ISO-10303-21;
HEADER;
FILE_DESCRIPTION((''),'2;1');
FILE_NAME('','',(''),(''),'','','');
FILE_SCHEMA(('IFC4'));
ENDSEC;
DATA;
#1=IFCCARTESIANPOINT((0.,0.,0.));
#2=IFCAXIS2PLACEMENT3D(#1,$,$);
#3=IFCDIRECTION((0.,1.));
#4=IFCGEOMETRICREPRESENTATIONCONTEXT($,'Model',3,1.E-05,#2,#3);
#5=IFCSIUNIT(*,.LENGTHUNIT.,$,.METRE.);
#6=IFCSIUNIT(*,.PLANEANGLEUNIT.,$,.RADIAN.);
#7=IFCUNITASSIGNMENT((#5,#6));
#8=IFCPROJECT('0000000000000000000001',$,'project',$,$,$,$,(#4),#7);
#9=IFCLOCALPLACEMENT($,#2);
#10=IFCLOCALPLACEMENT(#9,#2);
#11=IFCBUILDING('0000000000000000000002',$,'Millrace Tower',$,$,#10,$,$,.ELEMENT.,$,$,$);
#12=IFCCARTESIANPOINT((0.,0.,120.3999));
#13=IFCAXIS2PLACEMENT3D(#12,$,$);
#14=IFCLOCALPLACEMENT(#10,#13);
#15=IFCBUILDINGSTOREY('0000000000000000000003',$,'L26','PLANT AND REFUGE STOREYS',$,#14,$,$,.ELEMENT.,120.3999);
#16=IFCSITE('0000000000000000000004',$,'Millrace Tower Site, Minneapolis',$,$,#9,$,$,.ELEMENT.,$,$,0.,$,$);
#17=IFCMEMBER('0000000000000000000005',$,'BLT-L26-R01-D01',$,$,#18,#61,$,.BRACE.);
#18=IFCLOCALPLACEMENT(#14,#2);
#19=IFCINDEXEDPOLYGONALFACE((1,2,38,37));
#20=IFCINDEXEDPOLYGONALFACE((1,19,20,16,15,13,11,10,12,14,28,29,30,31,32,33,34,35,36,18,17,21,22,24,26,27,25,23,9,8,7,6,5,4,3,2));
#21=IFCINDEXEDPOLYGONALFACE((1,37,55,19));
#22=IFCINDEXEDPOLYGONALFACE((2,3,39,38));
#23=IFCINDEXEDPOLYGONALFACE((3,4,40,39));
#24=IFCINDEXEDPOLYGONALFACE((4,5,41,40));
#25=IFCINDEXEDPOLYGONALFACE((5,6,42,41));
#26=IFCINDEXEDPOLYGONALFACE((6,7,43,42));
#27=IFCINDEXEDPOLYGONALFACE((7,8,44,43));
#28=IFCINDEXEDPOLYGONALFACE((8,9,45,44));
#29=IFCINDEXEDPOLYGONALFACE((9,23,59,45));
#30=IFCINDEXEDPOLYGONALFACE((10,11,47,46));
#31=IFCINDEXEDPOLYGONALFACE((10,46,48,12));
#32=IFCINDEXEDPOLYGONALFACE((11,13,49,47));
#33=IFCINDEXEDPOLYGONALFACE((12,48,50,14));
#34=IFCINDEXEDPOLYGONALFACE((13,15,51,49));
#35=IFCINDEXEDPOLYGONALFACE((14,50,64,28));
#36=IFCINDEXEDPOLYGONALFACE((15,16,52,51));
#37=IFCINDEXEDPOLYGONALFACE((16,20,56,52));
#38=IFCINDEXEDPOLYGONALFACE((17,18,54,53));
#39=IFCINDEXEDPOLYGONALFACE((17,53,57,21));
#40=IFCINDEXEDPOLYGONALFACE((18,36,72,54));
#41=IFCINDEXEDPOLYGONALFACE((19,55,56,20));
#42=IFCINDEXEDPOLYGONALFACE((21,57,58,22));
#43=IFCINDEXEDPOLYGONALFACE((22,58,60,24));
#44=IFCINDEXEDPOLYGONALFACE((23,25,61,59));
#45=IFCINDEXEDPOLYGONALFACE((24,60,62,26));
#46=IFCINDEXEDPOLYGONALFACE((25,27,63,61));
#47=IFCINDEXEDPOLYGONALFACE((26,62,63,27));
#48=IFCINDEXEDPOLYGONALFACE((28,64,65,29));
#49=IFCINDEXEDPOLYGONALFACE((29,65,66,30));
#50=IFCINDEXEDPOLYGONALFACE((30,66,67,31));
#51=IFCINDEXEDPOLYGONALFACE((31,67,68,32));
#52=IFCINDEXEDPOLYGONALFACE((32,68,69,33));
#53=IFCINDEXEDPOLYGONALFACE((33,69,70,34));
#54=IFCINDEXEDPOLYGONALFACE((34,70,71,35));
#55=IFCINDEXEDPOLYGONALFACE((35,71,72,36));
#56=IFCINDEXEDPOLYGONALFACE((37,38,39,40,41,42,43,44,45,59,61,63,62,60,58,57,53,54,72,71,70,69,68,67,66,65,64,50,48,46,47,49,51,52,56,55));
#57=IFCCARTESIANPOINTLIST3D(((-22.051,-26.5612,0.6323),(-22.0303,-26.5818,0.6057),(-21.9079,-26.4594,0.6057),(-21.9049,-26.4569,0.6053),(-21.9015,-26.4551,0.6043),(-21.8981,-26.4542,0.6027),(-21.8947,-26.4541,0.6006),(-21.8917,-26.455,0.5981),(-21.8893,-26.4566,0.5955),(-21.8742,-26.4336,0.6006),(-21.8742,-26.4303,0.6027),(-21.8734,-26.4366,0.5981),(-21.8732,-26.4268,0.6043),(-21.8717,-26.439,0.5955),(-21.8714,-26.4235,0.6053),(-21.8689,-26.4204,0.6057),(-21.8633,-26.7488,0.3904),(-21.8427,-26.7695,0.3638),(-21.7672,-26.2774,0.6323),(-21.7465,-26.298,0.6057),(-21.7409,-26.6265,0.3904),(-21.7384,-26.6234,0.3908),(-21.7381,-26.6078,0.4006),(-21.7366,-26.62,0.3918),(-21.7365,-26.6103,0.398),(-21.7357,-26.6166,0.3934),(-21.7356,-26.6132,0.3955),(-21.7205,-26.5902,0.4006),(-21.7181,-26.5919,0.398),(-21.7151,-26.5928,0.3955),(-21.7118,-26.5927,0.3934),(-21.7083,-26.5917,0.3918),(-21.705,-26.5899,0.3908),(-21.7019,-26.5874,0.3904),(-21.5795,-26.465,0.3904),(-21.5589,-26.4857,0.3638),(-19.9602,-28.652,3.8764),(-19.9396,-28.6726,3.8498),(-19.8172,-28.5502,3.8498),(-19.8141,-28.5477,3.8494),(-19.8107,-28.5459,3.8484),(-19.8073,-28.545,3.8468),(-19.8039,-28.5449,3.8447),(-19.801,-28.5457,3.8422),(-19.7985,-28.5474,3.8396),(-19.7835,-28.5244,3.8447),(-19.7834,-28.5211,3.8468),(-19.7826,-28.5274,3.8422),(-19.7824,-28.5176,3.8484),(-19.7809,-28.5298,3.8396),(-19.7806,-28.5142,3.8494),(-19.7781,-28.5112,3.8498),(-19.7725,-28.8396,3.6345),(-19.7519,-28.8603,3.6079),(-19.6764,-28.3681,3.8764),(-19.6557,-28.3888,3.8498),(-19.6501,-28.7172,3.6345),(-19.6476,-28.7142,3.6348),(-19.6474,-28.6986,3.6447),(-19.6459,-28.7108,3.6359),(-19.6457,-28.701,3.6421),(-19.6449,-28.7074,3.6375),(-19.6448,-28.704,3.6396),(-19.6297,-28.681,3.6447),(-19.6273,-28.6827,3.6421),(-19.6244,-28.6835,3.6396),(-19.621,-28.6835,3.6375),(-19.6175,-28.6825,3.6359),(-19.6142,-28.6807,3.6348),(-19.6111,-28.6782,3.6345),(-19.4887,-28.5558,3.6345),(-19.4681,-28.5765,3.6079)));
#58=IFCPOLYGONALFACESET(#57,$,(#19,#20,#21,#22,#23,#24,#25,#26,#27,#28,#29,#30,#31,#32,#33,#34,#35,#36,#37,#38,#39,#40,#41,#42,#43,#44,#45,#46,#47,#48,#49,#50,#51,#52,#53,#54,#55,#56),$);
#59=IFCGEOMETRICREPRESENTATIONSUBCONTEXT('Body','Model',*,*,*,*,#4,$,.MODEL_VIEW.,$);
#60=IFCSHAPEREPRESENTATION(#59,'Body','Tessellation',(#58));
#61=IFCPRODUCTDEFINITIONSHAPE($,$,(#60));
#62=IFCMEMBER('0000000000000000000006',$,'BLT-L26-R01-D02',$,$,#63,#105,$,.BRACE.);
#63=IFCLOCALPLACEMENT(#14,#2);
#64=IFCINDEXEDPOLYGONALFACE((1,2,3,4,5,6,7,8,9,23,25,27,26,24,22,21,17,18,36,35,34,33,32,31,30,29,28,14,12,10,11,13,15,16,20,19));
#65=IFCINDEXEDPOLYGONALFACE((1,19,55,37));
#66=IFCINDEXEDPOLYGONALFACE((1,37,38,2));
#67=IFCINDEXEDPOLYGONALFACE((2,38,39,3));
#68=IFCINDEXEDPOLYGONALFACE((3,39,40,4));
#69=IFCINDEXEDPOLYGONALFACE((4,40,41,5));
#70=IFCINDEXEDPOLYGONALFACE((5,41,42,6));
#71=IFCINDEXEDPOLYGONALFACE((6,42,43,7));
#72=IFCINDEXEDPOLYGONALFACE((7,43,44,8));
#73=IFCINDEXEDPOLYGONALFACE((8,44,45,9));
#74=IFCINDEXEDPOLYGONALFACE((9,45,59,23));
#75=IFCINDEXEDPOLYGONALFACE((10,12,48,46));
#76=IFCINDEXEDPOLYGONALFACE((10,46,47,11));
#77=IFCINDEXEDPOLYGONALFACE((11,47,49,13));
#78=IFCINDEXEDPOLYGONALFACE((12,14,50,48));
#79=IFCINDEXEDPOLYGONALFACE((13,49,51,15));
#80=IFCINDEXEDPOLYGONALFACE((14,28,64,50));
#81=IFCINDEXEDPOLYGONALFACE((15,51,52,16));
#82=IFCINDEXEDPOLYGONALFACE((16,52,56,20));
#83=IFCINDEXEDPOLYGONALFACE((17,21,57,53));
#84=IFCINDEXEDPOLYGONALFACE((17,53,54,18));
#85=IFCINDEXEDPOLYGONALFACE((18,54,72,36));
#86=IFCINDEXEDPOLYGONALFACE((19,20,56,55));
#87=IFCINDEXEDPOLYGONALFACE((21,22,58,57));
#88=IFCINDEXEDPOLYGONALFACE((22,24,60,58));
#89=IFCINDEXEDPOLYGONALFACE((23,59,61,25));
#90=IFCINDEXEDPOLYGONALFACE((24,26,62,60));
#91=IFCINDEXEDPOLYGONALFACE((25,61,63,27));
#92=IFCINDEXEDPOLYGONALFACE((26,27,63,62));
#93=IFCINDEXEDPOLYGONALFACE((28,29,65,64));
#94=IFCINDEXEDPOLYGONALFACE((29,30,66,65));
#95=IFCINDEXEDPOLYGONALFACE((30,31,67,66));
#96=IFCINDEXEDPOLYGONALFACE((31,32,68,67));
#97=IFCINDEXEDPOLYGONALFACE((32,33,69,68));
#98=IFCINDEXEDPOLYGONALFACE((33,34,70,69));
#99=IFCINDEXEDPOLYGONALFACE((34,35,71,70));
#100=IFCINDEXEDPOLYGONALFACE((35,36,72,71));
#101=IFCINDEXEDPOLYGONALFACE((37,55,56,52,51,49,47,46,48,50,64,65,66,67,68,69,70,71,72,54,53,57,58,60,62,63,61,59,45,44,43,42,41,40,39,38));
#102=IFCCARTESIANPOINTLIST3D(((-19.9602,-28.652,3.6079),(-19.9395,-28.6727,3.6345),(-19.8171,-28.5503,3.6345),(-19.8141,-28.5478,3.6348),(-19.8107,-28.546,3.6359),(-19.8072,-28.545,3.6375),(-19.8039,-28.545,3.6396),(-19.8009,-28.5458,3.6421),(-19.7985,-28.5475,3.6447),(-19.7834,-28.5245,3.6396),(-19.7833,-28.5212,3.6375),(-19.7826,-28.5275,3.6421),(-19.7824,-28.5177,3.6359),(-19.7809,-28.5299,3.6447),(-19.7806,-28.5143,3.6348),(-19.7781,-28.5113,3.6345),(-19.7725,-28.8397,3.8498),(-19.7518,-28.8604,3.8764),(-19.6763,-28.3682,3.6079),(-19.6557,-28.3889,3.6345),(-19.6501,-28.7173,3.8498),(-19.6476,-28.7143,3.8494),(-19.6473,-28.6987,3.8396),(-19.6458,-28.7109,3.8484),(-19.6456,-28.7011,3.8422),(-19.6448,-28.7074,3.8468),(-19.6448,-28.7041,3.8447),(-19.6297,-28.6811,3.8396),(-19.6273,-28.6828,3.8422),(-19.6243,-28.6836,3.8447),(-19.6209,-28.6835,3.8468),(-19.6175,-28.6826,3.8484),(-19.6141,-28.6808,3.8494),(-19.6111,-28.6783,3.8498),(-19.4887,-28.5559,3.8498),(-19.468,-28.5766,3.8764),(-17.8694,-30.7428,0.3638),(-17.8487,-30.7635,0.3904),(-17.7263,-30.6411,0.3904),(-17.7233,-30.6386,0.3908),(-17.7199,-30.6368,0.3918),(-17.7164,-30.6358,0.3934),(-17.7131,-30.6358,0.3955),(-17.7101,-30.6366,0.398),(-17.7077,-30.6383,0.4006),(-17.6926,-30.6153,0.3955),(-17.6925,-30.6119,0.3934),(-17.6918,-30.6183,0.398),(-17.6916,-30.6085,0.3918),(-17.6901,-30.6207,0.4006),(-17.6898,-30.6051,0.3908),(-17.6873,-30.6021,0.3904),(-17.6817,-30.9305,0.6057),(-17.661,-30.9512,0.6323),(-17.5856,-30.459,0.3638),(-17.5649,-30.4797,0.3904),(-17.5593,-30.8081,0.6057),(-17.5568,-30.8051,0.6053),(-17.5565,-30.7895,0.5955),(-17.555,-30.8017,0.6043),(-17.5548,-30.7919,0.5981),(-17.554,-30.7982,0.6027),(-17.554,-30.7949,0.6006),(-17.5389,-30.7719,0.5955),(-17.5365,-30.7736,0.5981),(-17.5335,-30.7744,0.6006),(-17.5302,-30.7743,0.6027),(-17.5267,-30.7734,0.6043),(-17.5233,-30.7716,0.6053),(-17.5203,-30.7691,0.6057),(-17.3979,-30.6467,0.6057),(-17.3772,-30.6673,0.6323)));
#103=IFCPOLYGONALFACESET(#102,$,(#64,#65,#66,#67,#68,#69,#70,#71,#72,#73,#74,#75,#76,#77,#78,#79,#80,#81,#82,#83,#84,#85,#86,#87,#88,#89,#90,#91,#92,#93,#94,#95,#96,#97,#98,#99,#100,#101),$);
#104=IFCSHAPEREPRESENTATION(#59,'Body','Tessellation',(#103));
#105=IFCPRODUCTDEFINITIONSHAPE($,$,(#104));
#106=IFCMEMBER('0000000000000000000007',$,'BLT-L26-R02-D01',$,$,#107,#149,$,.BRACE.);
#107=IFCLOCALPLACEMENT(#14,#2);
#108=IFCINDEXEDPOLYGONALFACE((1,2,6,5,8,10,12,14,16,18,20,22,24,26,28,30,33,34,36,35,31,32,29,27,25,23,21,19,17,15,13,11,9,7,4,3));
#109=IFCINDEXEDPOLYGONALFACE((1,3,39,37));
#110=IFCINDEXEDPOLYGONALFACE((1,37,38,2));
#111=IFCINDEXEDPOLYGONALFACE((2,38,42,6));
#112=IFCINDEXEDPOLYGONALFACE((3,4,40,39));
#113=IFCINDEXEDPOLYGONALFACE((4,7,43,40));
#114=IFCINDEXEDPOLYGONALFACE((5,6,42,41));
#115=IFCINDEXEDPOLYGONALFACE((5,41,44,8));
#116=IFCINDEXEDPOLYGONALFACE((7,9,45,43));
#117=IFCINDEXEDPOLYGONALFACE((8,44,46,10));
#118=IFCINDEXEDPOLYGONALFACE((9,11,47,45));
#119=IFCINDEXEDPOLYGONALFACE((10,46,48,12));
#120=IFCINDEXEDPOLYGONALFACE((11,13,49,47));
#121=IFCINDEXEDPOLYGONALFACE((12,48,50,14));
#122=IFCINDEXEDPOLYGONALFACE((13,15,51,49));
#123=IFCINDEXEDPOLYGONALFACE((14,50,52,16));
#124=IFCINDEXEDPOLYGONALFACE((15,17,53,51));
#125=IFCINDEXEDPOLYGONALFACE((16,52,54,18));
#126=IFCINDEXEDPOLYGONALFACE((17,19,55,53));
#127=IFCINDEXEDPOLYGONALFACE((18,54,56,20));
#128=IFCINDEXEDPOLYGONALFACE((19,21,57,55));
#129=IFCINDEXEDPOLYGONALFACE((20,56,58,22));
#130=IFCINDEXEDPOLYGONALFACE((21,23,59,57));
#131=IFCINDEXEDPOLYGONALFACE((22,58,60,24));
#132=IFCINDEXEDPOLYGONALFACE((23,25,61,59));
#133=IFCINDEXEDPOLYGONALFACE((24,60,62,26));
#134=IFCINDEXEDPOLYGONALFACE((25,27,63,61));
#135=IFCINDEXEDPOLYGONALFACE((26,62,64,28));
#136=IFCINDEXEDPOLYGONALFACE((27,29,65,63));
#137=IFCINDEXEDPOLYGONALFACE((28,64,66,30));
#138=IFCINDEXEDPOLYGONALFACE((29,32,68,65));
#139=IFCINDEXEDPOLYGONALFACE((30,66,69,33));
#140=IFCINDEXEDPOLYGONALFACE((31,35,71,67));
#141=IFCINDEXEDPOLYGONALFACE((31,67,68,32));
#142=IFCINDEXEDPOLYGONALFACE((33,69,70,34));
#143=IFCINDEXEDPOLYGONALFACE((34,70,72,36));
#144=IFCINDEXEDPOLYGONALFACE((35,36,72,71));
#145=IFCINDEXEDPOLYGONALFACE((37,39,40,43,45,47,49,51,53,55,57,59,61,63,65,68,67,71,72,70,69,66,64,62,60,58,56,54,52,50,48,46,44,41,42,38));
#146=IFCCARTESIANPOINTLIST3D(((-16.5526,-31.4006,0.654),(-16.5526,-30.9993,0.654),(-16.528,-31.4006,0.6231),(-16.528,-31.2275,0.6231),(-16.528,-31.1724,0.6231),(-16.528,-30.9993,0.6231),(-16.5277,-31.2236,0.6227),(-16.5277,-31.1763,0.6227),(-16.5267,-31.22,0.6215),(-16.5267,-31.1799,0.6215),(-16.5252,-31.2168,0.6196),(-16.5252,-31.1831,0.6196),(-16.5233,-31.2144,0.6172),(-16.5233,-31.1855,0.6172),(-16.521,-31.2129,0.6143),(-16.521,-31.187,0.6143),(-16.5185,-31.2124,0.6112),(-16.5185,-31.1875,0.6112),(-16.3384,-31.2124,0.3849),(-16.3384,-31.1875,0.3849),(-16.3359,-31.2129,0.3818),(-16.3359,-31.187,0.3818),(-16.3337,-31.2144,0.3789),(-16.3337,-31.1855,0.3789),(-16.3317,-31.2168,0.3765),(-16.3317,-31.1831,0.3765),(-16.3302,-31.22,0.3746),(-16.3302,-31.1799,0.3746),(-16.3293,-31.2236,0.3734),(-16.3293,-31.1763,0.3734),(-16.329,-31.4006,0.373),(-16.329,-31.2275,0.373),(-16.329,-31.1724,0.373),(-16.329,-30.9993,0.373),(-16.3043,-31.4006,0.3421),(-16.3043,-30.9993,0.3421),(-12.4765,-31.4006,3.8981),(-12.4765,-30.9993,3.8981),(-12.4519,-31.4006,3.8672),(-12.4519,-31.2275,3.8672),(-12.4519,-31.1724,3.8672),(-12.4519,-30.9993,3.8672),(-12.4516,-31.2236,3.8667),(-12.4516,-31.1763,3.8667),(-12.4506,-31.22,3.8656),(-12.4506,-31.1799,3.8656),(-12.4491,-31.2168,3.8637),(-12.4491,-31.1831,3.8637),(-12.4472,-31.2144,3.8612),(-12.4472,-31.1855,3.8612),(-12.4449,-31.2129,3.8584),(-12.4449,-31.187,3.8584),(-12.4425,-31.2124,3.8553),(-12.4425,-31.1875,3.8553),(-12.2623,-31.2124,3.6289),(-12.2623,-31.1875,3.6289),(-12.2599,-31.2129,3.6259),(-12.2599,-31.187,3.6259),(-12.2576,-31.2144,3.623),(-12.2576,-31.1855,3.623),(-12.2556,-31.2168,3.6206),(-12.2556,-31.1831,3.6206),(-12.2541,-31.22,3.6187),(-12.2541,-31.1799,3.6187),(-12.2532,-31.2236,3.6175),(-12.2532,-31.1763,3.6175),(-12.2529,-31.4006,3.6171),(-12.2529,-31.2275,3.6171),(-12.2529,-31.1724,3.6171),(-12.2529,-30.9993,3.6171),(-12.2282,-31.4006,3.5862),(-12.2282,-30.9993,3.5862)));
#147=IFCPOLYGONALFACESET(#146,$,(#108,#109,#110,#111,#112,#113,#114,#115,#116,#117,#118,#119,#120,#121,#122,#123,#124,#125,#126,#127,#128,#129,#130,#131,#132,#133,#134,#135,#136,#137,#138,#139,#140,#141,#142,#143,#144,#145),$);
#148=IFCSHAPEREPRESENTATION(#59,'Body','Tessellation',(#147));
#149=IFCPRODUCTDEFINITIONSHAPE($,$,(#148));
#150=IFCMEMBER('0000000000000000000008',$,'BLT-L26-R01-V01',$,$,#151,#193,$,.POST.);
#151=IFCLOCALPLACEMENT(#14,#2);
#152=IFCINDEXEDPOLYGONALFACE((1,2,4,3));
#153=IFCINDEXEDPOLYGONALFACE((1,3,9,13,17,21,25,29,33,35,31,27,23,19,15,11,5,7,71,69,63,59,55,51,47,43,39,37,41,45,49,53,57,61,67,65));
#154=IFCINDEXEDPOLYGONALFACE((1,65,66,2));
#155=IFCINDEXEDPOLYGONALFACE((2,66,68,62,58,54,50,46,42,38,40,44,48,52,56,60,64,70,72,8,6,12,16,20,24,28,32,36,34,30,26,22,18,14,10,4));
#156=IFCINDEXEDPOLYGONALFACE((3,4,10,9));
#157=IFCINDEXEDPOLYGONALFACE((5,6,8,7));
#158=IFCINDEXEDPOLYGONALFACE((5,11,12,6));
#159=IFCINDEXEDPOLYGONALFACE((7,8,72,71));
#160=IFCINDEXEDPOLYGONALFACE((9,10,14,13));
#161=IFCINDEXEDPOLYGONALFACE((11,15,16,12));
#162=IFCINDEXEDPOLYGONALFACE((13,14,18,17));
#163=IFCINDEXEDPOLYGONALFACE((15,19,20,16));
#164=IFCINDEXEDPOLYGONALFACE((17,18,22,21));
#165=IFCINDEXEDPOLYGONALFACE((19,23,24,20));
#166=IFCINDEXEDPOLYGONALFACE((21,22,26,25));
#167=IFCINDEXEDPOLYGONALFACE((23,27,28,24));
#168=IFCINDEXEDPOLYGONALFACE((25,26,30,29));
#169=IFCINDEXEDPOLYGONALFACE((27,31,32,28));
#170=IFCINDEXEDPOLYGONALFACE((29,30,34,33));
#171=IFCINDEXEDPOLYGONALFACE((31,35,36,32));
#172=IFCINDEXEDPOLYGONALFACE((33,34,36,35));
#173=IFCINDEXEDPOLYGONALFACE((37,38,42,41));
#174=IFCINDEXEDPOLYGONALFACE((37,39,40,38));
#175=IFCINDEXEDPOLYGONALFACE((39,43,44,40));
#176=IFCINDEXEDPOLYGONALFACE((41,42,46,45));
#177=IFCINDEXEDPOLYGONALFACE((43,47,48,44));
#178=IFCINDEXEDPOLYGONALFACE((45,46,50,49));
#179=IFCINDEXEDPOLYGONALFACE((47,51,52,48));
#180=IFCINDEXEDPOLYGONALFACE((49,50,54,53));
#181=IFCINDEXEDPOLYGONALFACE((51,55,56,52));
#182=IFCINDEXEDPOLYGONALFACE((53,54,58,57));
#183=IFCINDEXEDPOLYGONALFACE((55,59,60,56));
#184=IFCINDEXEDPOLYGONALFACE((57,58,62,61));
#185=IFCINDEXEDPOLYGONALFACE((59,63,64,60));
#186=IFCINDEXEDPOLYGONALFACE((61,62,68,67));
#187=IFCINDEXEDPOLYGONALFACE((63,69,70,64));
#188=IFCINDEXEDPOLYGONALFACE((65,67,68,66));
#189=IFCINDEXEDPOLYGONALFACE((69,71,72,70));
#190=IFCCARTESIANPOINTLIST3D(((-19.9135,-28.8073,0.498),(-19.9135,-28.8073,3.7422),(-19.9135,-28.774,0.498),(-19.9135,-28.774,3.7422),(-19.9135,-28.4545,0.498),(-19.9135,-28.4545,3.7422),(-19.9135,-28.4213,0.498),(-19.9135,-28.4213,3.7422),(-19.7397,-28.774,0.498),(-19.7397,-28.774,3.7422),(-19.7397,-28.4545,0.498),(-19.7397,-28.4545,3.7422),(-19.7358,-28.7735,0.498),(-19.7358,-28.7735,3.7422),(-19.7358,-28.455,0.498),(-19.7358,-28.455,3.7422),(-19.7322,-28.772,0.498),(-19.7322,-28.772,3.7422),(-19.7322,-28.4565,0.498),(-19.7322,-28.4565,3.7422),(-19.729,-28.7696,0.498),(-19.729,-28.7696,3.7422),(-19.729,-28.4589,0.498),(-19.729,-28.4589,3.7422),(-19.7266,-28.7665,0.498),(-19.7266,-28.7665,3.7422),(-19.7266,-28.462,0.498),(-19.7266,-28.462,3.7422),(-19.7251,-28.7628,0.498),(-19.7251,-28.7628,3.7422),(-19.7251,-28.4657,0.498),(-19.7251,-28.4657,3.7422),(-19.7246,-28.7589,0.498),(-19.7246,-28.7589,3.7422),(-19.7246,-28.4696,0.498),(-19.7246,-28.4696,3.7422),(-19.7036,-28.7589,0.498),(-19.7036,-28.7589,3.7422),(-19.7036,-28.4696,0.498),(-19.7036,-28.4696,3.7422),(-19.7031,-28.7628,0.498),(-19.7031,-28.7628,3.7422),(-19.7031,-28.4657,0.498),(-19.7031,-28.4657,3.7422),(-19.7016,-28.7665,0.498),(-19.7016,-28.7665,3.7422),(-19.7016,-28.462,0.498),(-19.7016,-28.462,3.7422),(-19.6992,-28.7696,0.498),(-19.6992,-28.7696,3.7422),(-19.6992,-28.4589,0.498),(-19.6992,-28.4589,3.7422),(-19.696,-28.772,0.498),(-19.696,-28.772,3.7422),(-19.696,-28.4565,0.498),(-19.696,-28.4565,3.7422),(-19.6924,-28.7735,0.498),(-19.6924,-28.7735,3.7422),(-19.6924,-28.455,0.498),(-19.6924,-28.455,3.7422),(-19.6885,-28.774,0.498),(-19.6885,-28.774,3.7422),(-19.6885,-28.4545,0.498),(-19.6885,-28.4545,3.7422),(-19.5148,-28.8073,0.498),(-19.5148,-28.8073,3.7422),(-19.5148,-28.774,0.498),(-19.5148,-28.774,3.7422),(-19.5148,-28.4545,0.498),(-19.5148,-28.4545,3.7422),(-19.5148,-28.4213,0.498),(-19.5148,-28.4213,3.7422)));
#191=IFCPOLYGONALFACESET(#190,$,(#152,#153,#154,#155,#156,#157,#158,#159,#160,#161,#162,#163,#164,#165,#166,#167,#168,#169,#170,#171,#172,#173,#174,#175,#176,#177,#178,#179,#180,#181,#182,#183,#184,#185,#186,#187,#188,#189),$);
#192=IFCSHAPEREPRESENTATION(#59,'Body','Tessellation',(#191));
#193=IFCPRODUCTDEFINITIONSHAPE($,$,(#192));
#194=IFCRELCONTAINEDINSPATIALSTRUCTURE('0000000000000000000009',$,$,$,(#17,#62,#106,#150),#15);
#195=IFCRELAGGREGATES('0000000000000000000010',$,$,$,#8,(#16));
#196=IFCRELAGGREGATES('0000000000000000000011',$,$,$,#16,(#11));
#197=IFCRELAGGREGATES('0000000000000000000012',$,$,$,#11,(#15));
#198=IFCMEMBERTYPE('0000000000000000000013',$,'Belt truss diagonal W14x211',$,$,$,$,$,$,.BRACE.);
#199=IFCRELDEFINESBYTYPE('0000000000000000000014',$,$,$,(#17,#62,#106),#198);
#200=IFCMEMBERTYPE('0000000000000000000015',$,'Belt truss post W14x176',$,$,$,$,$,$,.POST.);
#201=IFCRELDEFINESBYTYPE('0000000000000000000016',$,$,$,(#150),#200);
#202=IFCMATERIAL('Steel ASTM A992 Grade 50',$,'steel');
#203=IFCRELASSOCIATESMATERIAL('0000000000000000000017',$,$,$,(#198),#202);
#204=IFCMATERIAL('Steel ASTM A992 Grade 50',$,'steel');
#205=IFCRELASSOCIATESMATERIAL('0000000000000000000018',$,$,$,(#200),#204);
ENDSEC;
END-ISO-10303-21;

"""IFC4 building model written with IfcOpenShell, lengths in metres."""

from ifc_helpers import new_model, si_unit, direction, frame, origin, origin_2d, place, context, subcontext, project, spatial, i_section, extrude, material, material_profile, profile_set, type_object, element, save


model = new_model("IFC4")

# Units and contexts
model_context = context("Model", 3, precision=1e-05, world=origin(), true_north=direction((0.0, 1.0)))
body_context = subcontext(model_context, "Body", "Model", "MODEL_VIEW")
ifc_project = project(units=[si_unit("LENGTHUNIT", "METRE"), si_unit("PLANEANGLEUNIT", "RADIAN")], contexts=[model_context])

# Site, building, storey
site_placement = place(None, origin())
site = spatial("IfcSite", under=ifc_project, at=site_placement, Name="Millrace Tower Site, Minneapolis", CompositionType="ELEMENT", RefElevation=0.0)
building_placement = place(site_placement, origin())
building = spatial("IfcBuilding", under=site, at=building_placement, Name="Millrace Tower", CompositionType="ELEMENT")
storey_placement = place(building_placement, frame((0.0, 0.0, 120.3999)))
storey = spatial("IfcBuildingStorey", under=building, at=storey_placement, Name="L26", Description="PLANT AND REFUGE STOREYS", CompositionType="ELEMENT", Elevation=120.3999)

# Members
ifc_material_1 = material(Name="Steel ASTM A992 Grade 50", Category="steel")
ifc_material_profile_1 = material_profile(ifc_material_1, i_section(OverallWidth=0.4014, OverallDepth=0.3987, WebThickness=0.0249, FlangeThickness=0.0396, FilletRadius=0.0151, at=origin_2d()))
ifc_profile_set_1 = profile_set([ifc_material_profile_1], Name="Steel ASTM A992 Grade 50")
member_type_1 = type_object("IfcMemberType", Name="Belt truss diagonal W14x211", PredefinedType="BRACE", material=ifc_profile_set_1)
for number, where, z_axis, x_axis, name in (
    (1, (-21.8049, -26.5234, 0.498), (0.476326, -0.476326, 0.739072), (0.707107, 0.707107, 0.0), "BLT-L26-R01-D01"),
    (2, (-17.6233, -30.7051, 0.498), (-0.476326, 0.476326, 0.739072), (-0.707107, -0.707107, 0.0), "BLT-L26-R01-D02"),
):
    element("IfcMember", number, at=place(storey_placement, frame(where, z_axis=z_axis, x_axis=x_axis)), inside=storey, type_object=member_type_1, Name=name, PredefinedType="BRACE", context=body_context, shape_type="SweptSolid", body=[
        extrude(i_section(OverallWidth=0.4014, OverallDepth=0.3987, WebThickness=0.0249, FlangeThickness=0.0396, FilletRadius=0.0151, at=origin_2d()), origin(), (0.0, 0.0, 1.0), 4.3894),
    ])
member_1_placement = place(storey_placement, frame((-16.4285, -31.2, 0.498), z_axis=(0.782439, 0.0, 0.622727), x_axis=(0.0, 1.0, 0.0)))
element("IfcMember", 3, at=member_1_placement, inside=storey, type_object=member_type_1, Name="BLT-L26-R02-D01", PredefinedType="BRACE", context=body_context, shape_type="SweptSolid", body=[
    extrude(i_section(OverallWidth=0.4014, OverallDepth=0.3987, WebThickness=0.0249, FlangeThickness=0.0396, FilletRadius=0.0151, at=origin_2d()), origin(), (0.0, 0.0, 1.0), 5.2095),
])
ifc_material_2 = material(Name="Steel ASTM A992 Grade 50", Category="steel")
ifc_material_profile_2 = material_profile(ifc_material_2, i_section(OverallWidth=0.3987, OverallDepth=0.386, WebThickness=0.021, FlangeThickness=0.0332, FilletRadius=0.0151, at=origin_2d()))
ifc_profile_set_2 = profile_set([ifc_material_profile_2], Name="Steel ASTM A992 Grade 50")
member_type_2 = type_object("IfcMemberType", Name="Belt truss post W14x176", PredefinedType="POST", material=ifc_profile_set_2)
member_2_placement = place(storey_placement, frame((-19.7141, -28.6143, 0.498), z_axis=(0.0, 0.0, 1.0), x_axis=(1.0, 0.0, 0.0)))
element("IfcMember", 4, at=member_2_placement, inside=storey, type_object=member_type_2, Name="BLT-L26-R01-V01", PredefinedType="POST", context=body_context, shape_type="SweptSolid", body=[
    extrude(i_section(OverallWidth=0.3987, OverallDepth=0.386, WebThickness=0.021, FlangeThickness=0.0332, FilletRadius=0.0151, at=origin_2d()), origin(), (0.0, 0.0, 1.0), 3.2441),
])

save(model, "model.ifc")
